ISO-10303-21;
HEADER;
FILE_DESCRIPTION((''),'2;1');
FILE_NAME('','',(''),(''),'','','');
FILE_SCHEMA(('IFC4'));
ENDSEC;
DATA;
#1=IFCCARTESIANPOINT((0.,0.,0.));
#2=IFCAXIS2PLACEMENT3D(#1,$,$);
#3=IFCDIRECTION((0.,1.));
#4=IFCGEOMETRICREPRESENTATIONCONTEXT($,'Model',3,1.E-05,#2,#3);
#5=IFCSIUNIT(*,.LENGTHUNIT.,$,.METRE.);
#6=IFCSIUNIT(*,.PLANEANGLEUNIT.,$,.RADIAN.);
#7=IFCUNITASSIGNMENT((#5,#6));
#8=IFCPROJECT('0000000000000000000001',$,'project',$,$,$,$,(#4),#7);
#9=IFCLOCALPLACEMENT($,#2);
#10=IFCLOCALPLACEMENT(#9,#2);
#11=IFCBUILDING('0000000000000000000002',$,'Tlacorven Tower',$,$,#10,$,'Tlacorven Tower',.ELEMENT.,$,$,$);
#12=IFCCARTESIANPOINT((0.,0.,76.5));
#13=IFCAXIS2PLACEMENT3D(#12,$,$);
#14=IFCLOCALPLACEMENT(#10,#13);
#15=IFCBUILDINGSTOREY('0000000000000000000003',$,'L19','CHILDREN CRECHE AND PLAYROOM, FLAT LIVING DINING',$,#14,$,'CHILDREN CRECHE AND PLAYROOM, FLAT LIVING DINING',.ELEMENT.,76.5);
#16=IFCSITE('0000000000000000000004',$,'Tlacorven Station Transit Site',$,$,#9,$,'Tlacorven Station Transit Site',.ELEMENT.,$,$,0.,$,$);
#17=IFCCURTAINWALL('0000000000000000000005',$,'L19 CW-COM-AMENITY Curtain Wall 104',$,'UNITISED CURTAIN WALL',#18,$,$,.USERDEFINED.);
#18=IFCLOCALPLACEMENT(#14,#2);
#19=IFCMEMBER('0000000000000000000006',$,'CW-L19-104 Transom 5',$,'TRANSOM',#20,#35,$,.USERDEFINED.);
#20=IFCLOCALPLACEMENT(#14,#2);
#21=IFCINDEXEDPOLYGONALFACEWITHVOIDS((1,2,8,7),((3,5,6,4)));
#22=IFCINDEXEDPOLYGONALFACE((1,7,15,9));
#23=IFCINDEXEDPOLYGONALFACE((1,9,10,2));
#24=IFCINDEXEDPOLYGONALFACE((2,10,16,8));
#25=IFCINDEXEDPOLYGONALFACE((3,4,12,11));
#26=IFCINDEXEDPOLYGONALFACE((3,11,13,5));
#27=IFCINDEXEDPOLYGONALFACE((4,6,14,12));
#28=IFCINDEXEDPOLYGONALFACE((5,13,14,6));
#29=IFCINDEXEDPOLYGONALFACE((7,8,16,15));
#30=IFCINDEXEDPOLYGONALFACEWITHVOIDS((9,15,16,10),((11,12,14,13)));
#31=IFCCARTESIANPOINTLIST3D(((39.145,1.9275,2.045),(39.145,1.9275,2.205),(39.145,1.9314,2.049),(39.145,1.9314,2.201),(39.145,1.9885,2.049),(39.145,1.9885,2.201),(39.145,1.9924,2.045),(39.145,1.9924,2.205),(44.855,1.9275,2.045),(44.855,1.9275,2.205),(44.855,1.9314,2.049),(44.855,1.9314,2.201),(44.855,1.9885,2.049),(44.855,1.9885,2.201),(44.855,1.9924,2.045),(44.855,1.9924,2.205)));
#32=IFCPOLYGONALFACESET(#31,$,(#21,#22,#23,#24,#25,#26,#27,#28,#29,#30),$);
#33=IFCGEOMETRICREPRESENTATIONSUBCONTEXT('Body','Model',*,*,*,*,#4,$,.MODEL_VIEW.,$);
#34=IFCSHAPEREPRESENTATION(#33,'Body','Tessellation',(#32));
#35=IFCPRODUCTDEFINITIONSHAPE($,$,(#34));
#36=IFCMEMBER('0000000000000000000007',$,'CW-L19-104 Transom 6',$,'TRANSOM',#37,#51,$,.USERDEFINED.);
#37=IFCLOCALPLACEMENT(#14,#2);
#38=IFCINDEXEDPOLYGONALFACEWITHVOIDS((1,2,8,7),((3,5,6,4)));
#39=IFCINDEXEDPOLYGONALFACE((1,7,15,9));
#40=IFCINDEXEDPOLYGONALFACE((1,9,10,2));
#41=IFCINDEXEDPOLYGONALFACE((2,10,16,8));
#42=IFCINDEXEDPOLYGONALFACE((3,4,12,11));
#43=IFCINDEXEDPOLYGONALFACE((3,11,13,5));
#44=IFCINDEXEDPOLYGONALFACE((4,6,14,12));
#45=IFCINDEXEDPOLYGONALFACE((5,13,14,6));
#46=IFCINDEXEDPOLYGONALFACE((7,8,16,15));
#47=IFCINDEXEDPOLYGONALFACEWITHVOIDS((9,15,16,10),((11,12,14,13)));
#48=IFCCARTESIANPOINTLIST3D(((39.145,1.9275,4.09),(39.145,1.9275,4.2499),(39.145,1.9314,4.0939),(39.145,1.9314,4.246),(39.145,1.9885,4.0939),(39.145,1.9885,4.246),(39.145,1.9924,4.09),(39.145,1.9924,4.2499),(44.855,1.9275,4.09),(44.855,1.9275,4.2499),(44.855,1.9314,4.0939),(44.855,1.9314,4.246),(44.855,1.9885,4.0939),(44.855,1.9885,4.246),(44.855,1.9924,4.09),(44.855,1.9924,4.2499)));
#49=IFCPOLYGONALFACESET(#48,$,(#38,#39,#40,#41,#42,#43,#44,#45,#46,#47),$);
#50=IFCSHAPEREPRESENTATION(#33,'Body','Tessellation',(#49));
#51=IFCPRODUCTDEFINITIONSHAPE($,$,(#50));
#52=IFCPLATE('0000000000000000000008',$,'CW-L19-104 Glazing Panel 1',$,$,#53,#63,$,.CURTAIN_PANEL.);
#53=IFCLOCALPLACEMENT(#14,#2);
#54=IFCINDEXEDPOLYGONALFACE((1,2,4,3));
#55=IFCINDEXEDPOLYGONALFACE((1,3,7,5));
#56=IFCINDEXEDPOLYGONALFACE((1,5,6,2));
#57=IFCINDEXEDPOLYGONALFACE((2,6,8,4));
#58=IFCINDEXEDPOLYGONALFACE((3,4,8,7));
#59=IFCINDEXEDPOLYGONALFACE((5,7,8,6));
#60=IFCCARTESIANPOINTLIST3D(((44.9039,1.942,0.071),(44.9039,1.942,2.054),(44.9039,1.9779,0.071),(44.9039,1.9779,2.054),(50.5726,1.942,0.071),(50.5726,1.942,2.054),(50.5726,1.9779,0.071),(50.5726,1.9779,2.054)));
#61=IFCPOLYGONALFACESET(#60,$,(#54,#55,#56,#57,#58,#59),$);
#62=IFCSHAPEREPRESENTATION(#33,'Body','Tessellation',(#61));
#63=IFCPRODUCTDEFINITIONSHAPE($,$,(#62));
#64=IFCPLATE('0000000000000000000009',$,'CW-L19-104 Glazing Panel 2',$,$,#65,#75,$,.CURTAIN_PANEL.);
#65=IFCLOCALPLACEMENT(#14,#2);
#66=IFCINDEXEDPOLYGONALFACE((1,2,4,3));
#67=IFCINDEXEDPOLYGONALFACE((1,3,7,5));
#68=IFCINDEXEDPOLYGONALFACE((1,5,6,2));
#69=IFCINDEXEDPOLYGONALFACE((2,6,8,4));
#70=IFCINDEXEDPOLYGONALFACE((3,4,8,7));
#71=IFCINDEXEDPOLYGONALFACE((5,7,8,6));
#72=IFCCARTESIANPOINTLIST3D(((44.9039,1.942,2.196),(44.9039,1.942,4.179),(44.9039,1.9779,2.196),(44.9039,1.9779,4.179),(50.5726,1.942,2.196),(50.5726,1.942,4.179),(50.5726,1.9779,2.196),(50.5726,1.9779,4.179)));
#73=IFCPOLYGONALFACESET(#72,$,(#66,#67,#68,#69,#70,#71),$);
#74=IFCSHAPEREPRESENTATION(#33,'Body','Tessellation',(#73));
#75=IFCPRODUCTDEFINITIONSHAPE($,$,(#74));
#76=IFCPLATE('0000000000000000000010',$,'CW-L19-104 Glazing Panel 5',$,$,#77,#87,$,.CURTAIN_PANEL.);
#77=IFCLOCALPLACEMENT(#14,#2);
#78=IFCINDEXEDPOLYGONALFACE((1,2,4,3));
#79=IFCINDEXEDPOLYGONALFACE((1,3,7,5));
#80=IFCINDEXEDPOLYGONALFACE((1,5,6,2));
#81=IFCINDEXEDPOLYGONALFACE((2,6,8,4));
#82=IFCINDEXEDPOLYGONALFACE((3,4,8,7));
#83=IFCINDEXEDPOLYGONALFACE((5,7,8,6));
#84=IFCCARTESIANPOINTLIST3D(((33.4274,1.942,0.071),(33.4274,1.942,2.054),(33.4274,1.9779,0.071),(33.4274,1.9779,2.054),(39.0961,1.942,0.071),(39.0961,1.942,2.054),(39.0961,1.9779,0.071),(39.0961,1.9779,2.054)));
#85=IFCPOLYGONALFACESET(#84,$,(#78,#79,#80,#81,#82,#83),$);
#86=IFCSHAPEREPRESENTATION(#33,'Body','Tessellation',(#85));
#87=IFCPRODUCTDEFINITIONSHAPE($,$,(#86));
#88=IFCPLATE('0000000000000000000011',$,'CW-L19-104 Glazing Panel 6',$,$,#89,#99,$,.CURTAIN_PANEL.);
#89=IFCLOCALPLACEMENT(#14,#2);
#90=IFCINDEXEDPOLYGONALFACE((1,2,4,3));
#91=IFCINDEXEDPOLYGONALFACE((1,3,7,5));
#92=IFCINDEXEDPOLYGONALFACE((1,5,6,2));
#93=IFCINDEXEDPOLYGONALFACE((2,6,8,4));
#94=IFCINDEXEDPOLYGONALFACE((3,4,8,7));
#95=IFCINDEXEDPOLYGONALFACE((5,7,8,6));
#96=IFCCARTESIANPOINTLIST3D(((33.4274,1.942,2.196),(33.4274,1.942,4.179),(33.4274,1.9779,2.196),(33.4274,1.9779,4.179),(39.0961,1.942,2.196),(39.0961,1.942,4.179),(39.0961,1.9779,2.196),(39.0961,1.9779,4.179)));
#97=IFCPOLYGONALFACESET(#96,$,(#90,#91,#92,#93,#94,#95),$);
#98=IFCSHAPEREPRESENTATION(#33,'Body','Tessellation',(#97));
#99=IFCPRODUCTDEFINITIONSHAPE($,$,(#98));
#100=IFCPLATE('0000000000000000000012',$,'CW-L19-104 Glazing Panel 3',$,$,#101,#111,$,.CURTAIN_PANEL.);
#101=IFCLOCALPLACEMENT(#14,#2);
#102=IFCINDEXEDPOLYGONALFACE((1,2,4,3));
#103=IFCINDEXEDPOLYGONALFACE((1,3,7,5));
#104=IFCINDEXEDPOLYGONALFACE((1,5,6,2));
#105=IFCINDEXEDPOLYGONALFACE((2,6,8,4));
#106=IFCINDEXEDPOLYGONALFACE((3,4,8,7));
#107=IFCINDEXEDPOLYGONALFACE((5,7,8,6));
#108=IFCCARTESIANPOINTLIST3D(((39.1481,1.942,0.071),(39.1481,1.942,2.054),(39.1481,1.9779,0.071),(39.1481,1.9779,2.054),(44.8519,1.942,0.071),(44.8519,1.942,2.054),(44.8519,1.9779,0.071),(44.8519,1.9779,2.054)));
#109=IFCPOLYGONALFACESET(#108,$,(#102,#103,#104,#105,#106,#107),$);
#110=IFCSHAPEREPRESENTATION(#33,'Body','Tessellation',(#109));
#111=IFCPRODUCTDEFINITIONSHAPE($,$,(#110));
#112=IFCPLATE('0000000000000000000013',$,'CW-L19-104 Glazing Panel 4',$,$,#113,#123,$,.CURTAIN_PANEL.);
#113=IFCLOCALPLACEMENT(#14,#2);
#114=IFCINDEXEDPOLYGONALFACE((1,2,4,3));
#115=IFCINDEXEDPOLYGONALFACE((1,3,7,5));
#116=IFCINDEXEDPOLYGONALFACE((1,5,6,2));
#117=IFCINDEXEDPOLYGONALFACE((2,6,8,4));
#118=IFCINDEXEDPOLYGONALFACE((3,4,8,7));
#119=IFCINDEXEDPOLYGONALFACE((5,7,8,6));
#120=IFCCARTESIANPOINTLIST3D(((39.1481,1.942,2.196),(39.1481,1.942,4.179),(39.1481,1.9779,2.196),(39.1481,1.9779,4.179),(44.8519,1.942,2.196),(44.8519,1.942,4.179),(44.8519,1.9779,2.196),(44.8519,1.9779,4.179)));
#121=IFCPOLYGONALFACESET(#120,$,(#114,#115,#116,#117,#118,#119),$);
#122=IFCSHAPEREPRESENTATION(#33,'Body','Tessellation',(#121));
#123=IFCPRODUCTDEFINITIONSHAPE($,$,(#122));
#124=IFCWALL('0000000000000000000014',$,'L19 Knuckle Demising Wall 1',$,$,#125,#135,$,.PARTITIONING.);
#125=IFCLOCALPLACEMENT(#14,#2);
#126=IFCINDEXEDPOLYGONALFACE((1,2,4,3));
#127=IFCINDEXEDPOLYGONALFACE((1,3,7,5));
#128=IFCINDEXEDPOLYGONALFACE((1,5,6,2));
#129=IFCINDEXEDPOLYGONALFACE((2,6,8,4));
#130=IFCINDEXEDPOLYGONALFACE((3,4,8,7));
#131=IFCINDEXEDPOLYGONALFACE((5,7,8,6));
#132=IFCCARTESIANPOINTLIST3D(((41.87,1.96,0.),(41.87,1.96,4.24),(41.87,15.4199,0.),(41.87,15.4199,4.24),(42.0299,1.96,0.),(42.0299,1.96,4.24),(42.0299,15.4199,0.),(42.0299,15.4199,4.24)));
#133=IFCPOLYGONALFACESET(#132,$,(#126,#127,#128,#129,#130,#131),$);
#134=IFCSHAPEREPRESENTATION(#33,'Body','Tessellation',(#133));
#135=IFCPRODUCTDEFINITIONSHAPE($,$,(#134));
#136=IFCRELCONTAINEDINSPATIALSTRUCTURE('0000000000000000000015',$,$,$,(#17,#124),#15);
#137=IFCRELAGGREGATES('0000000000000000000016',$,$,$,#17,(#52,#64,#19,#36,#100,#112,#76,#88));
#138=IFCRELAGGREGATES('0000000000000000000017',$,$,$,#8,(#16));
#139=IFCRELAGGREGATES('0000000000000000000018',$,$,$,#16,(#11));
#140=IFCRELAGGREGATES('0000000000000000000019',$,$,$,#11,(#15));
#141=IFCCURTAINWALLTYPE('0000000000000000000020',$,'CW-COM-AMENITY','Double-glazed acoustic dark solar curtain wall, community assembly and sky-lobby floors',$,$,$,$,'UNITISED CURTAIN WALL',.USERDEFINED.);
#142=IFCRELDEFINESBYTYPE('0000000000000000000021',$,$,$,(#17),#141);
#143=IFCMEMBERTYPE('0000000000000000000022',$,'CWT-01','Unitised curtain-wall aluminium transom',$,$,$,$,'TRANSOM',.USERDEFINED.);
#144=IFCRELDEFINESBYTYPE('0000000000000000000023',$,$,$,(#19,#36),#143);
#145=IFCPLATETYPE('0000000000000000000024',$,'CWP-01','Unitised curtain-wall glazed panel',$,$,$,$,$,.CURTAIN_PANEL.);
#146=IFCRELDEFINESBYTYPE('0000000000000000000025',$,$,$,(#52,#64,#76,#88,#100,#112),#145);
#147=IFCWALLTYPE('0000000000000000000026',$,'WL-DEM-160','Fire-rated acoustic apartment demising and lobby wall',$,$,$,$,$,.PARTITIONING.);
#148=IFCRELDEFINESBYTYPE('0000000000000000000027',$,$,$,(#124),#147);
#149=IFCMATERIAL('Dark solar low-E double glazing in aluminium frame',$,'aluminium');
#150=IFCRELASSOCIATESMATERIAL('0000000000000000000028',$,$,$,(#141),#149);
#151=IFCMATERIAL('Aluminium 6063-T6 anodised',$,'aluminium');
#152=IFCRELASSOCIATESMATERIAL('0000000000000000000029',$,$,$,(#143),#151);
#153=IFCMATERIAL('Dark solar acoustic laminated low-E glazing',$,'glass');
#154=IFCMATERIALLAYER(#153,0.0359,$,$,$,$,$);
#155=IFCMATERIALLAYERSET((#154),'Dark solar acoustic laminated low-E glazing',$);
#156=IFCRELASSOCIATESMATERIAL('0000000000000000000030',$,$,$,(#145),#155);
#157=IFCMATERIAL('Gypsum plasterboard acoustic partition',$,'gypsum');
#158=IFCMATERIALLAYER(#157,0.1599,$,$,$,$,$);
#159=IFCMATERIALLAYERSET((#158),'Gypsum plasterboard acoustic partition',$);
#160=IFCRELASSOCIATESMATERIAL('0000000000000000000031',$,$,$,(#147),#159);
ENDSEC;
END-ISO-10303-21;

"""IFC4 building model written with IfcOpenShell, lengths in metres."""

from ifc_helpers import new_model, si_unit, direction, frame, frame_2d, origin, origin_2d, place, context, subcontext, project, spatial, rectangle, hollow_rectangle, extrude, source, transform, mapped, material, layer, layer_set, material_profile, profile_set, type_object, element, aggregate, save


model = new_model("IFC4")

# Units and contexts
model_context = context("Model", 3, precision=1e-05, world=origin(), true_north=direction((0.0, 1.0)))
body_context = subcontext(model_context, "Body", "Model", "MODEL_VIEW")
ifc_project = project(units=[si_unit("LENGTHUNIT", "METRE"), si_unit("PLANEANGLEUNIT", "RADIAN")], contexts=[model_context])

# Site, building, storey
site_placement = place(None, origin())
site = spatial("IfcSite", under=ifc_project, at=site_placement, Name="Tlacorven Station Transit Site", LongName="Tlacorven Station Transit Site", CompositionType="ELEMENT", RefElevation=0.0)
building_placement = place(site_placement, origin())
building = spatial("IfcBuilding", under=site, at=building_placement, Name="Tlacorven Tower", LongName="Tlacorven Tower", CompositionType="ELEMENT")
storey_placement = place(building_placement, frame((0.0, 0.0, 76.5)))
storey = spatial("IfcBuildingStorey", under=building, at=storey_placement, Name="L19", Description="CHILDREN CRECHE AND PLAYROOM, FLAT LIVING DINING", LongName="CHILDREN CRECHE AND PLAYROOM, FLAT LIVING DINING", CompositionType="ELEMENT", Elevation=76.5)

# Shared definitions
ifc_material_1 = material(Name="Dark solar low-E double glazing in aluminium frame", Category="aluminium")
curtain_wall_type = type_object("IfcCurtainWallType", Name="CW-COM-AMENITY", Description="Double-glazed acoustic dark solar curtain wall, community assembly and sky-lobby floors", ElementType="UNITISED CURTAIN WALL", PredefinedType="USERDEFINED", material=ifc_material_1)
ifc_material_2 = material(Name="Aluminium 6063-T6 anodised", Category="aluminium")

# Curtain wall, members, plates
curtain_wall_1_placement = place(storey_placement, origin())
curtain_wall_1 = element("IfcCurtainWall", 1, at=curtain_wall_1_placement, inside=storey, type_object=curtain_wall_type, Name="L19 CW-COM-AMENITY Curtain Wall 104", ObjectType="UNITISED CURTAIN WALL", PredefinedType="USERDEFINED")
ifc_material_profile_1 = material_profile(ifc_material_2, hollow_rectangle(XDim=0.0649, YDim=0.1599, WallThickness=0.0039, at=origin_2d()), Name="ALU TRANSOM 65X160")
ifc_profile_set_1 = profile_set([ifc_material_profile_1], Name="Aluminium 6063-T6 anodised")
member_type_1 = type_object("IfcMemberType", Name="CWT-01", Description="Unitised curtain-wall aluminium transom", ElementType="TRANSOM", PredefinedType="USERDEFINED", material=ifc_profile_set_1)
shared_shape_1 = source(origin(), body_context, "Body", "SweptSolid", [
    extrude(hollow_rectangle(XDim=0.0649, YDim=0.1599, WallThickness=0.0039, at=origin_2d()), origin(), (0.0, 0.0, 1.0), 5.71),
])
member_1_placement = place(storey_placement, frame((44.855, 1.96, 2.125), z_axis=(-1.0, 0.0, 0.0), x_axis=(0.0, -1.0, 0.0)))
member_1 = element("IfcMember", 2, at=member_1_placement, type_object=member_type_1, Name="CW-L19-104 Transom 5", ObjectType="TRANSOM", PredefinedType="USERDEFINED", context=body_context, shape_type="MappedRepresentation", body=[
    mapped(shared_shape_1, transform((0.0, 0.0, 0.0), scale=1.0)),
])
member_2_placement = place(storey_placement, frame((44.855, 1.96, 4.1699), z_axis=(-1.0, 0.0, 0.0), x_axis=(0.0, -1.0, 0.0)))
member_2 = element("IfcMember", 3, at=member_2_placement, type_object=member_type_1, Name="CW-L19-104 Transom 6", ObjectType="TRANSOM", PredefinedType="USERDEFINED", context=body_context, shape_type="MappedRepresentation", body=[
    mapped(shared_shape_1, transform((0.0, 0.0, 0.0), scale=1.0)),
])
ifc_material_3 = material(Name="Dark solar acoustic laminated low-E glazing", Category="glass")
ifc_layer_1 = layer(ifc_material_3, 0.0359)
ifc_layer_set_1 = layer_set([ifc_layer_1], Name="Dark solar acoustic laminated low-E glazing")
plate_type = type_object("IfcPlateType", Name="CWP-01", Description="Unitised curtain-wall glazed panel", PredefinedType="CURTAIN_PANEL", material=ifc_layer_set_1)
shared_shape_2 = source(origin(), body_context, "Body", "SweptSolid", [
    extrude(rectangle(XDim=5.6687, YDim=0.0359, at=origin_2d()), origin(), (0.0, 0.0, 1.0), 1.9829),
])
plate_1_placement = place(storey_placement, frame((47.7383, 1.96, 0.071), z_axis=(0.0, 0.0, 1.0), x_axis=(-1.0, 0.0, 0.0)))
plate_1 = element("IfcPlate", 4, at=plate_1_placement, type_object=plate_type, Name="CW-L19-104 Glazing Panel 1", PredefinedType="CURTAIN_PANEL", context=body_context, shape_type="MappedRepresentation", body=[
    mapped(shared_shape_2, transform((0.0, 0.0, 0.0), scale=1.0)),
])
plate_2_placement = place(storey_placement, frame((47.7383, 1.96, 2.196), z_axis=(0.0, 0.0, 1.0), x_axis=(-1.0, 0.0, 0.0)))
plate_2 = element("IfcPlate", 5, at=plate_2_placement, type_object=plate_type, Name="CW-L19-104 Glazing Panel 2", PredefinedType="CURTAIN_PANEL", context=body_context, shape_type="MappedRepresentation", body=[
    mapped(shared_shape_2, transform((0.0, 0.0, 0.0), scale=1.0)),
])
plate_3_placement = place(storey_placement, frame((36.2617, 1.96, 0.071), z_axis=(0.0, 0.0, 1.0), x_axis=(-1.0, 0.0, 0.0)))
plate_3 = element("IfcPlate", 6, at=plate_3_placement, type_object=plate_type, Name="CW-L19-104 Glazing Panel 5", PredefinedType="CURTAIN_PANEL", context=body_context, shape_type="MappedRepresentation", body=[
    mapped(shared_shape_2, transform((0.0, 0.0, 0.0), scale=1.0)),
])
plate_4_placement = place(storey_placement, frame((36.2617, 1.96, 2.196), z_axis=(0.0, 0.0, 1.0), x_axis=(-1.0, 0.0, 0.0)))
plate_4 = element("IfcPlate", 7, at=plate_4_placement, type_object=plate_type, Name="CW-L19-104 Glazing Panel 6", PredefinedType="CURTAIN_PANEL", context=body_context, shape_type="MappedRepresentation", body=[
    mapped(shared_shape_2, transform((0.0, 0.0, 0.0), scale=1.0)),
])
shared_shape_3 = source(origin(), body_context, "Body", "SweptSolid", [
    extrude(rectangle(XDim=5.7039, YDim=0.0359, at=origin_2d()), origin(), (0.0, 0.0, 1.0), 1.9829),
])
plate_5_placement = place(storey_placement, frame((42.0, 1.96, 0.071), z_axis=(0.0, 0.0, 1.0), x_axis=(-1.0, 0.0, 0.0)))
plate_5 = element("IfcPlate", 8, at=plate_5_placement, type_object=plate_type, Name="CW-L19-104 Glazing Panel 3", PredefinedType="CURTAIN_PANEL", context=body_context, shape_type="MappedRepresentation", body=[
    mapped(shared_shape_3, transform((0.0, 0.0, 0.0), scale=1.0)),
])
plate_6_placement = place(storey_placement, frame((42.0, 1.96, 2.196), z_axis=(0.0, 0.0, 1.0), x_axis=(-1.0, 0.0, 0.0)))
plate_6 = element("IfcPlate", 9, at=plate_6_placement, type_object=plate_type, Name="CW-L19-104 Glazing Panel 4", PredefinedType="CURTAIN_PANEL", context=body_context, shape_type="MappedRepresentation", body=[
    mapped(shared_shape_3, transform((0.0, 0.0, 0.0), scale=1.0)),
])
aggregate(curtain_wall_1, [plate_1, plate_2, member_1, member_2, plate_5, plate_6, plate_3, plate_4])

# Wall
ifc_material_4 = material(Name="Gypsum plasterboard acoustic partition", Category="gypsum")
ifc_layer_2 = layer(ifc_material_4, 0.1599)
ifc_layer_set_2 = layer_set([ifc_layer_2], Name="Gypsum plasterboard acoustic partition")
wall_type_1 = type_object("IfcWallType", Name="WL-DEM-160", Description="Fire-rated acoustic apartment demising and lobby wall", PredefinedType="PARTITIONING", material=ifc_layer_set_2)
wall_1_placement = place(storey_placement, frame((41.95, 1.96, 0.0), z_axis=(0.0, 0.0, 1.0), x_axis=(0.0, 1.0, 0.0)))
element("IfcWall", 10, at=wall_1_placement, inside=storey, type_object=wall_type_1, Name="L19 Knuckle Demising Wall 1", PredefinedType="PARTITIONING", context=body_context, shape_type="SweptSolid", body=[
    extrude(rectangle(XDim=13.46, YDim=0.1599, at=frame_2d((6.73, 0.0))), origin(), (0.0, 0.0, 1.0), 4.24),
])

save(model, "model.ifc")
